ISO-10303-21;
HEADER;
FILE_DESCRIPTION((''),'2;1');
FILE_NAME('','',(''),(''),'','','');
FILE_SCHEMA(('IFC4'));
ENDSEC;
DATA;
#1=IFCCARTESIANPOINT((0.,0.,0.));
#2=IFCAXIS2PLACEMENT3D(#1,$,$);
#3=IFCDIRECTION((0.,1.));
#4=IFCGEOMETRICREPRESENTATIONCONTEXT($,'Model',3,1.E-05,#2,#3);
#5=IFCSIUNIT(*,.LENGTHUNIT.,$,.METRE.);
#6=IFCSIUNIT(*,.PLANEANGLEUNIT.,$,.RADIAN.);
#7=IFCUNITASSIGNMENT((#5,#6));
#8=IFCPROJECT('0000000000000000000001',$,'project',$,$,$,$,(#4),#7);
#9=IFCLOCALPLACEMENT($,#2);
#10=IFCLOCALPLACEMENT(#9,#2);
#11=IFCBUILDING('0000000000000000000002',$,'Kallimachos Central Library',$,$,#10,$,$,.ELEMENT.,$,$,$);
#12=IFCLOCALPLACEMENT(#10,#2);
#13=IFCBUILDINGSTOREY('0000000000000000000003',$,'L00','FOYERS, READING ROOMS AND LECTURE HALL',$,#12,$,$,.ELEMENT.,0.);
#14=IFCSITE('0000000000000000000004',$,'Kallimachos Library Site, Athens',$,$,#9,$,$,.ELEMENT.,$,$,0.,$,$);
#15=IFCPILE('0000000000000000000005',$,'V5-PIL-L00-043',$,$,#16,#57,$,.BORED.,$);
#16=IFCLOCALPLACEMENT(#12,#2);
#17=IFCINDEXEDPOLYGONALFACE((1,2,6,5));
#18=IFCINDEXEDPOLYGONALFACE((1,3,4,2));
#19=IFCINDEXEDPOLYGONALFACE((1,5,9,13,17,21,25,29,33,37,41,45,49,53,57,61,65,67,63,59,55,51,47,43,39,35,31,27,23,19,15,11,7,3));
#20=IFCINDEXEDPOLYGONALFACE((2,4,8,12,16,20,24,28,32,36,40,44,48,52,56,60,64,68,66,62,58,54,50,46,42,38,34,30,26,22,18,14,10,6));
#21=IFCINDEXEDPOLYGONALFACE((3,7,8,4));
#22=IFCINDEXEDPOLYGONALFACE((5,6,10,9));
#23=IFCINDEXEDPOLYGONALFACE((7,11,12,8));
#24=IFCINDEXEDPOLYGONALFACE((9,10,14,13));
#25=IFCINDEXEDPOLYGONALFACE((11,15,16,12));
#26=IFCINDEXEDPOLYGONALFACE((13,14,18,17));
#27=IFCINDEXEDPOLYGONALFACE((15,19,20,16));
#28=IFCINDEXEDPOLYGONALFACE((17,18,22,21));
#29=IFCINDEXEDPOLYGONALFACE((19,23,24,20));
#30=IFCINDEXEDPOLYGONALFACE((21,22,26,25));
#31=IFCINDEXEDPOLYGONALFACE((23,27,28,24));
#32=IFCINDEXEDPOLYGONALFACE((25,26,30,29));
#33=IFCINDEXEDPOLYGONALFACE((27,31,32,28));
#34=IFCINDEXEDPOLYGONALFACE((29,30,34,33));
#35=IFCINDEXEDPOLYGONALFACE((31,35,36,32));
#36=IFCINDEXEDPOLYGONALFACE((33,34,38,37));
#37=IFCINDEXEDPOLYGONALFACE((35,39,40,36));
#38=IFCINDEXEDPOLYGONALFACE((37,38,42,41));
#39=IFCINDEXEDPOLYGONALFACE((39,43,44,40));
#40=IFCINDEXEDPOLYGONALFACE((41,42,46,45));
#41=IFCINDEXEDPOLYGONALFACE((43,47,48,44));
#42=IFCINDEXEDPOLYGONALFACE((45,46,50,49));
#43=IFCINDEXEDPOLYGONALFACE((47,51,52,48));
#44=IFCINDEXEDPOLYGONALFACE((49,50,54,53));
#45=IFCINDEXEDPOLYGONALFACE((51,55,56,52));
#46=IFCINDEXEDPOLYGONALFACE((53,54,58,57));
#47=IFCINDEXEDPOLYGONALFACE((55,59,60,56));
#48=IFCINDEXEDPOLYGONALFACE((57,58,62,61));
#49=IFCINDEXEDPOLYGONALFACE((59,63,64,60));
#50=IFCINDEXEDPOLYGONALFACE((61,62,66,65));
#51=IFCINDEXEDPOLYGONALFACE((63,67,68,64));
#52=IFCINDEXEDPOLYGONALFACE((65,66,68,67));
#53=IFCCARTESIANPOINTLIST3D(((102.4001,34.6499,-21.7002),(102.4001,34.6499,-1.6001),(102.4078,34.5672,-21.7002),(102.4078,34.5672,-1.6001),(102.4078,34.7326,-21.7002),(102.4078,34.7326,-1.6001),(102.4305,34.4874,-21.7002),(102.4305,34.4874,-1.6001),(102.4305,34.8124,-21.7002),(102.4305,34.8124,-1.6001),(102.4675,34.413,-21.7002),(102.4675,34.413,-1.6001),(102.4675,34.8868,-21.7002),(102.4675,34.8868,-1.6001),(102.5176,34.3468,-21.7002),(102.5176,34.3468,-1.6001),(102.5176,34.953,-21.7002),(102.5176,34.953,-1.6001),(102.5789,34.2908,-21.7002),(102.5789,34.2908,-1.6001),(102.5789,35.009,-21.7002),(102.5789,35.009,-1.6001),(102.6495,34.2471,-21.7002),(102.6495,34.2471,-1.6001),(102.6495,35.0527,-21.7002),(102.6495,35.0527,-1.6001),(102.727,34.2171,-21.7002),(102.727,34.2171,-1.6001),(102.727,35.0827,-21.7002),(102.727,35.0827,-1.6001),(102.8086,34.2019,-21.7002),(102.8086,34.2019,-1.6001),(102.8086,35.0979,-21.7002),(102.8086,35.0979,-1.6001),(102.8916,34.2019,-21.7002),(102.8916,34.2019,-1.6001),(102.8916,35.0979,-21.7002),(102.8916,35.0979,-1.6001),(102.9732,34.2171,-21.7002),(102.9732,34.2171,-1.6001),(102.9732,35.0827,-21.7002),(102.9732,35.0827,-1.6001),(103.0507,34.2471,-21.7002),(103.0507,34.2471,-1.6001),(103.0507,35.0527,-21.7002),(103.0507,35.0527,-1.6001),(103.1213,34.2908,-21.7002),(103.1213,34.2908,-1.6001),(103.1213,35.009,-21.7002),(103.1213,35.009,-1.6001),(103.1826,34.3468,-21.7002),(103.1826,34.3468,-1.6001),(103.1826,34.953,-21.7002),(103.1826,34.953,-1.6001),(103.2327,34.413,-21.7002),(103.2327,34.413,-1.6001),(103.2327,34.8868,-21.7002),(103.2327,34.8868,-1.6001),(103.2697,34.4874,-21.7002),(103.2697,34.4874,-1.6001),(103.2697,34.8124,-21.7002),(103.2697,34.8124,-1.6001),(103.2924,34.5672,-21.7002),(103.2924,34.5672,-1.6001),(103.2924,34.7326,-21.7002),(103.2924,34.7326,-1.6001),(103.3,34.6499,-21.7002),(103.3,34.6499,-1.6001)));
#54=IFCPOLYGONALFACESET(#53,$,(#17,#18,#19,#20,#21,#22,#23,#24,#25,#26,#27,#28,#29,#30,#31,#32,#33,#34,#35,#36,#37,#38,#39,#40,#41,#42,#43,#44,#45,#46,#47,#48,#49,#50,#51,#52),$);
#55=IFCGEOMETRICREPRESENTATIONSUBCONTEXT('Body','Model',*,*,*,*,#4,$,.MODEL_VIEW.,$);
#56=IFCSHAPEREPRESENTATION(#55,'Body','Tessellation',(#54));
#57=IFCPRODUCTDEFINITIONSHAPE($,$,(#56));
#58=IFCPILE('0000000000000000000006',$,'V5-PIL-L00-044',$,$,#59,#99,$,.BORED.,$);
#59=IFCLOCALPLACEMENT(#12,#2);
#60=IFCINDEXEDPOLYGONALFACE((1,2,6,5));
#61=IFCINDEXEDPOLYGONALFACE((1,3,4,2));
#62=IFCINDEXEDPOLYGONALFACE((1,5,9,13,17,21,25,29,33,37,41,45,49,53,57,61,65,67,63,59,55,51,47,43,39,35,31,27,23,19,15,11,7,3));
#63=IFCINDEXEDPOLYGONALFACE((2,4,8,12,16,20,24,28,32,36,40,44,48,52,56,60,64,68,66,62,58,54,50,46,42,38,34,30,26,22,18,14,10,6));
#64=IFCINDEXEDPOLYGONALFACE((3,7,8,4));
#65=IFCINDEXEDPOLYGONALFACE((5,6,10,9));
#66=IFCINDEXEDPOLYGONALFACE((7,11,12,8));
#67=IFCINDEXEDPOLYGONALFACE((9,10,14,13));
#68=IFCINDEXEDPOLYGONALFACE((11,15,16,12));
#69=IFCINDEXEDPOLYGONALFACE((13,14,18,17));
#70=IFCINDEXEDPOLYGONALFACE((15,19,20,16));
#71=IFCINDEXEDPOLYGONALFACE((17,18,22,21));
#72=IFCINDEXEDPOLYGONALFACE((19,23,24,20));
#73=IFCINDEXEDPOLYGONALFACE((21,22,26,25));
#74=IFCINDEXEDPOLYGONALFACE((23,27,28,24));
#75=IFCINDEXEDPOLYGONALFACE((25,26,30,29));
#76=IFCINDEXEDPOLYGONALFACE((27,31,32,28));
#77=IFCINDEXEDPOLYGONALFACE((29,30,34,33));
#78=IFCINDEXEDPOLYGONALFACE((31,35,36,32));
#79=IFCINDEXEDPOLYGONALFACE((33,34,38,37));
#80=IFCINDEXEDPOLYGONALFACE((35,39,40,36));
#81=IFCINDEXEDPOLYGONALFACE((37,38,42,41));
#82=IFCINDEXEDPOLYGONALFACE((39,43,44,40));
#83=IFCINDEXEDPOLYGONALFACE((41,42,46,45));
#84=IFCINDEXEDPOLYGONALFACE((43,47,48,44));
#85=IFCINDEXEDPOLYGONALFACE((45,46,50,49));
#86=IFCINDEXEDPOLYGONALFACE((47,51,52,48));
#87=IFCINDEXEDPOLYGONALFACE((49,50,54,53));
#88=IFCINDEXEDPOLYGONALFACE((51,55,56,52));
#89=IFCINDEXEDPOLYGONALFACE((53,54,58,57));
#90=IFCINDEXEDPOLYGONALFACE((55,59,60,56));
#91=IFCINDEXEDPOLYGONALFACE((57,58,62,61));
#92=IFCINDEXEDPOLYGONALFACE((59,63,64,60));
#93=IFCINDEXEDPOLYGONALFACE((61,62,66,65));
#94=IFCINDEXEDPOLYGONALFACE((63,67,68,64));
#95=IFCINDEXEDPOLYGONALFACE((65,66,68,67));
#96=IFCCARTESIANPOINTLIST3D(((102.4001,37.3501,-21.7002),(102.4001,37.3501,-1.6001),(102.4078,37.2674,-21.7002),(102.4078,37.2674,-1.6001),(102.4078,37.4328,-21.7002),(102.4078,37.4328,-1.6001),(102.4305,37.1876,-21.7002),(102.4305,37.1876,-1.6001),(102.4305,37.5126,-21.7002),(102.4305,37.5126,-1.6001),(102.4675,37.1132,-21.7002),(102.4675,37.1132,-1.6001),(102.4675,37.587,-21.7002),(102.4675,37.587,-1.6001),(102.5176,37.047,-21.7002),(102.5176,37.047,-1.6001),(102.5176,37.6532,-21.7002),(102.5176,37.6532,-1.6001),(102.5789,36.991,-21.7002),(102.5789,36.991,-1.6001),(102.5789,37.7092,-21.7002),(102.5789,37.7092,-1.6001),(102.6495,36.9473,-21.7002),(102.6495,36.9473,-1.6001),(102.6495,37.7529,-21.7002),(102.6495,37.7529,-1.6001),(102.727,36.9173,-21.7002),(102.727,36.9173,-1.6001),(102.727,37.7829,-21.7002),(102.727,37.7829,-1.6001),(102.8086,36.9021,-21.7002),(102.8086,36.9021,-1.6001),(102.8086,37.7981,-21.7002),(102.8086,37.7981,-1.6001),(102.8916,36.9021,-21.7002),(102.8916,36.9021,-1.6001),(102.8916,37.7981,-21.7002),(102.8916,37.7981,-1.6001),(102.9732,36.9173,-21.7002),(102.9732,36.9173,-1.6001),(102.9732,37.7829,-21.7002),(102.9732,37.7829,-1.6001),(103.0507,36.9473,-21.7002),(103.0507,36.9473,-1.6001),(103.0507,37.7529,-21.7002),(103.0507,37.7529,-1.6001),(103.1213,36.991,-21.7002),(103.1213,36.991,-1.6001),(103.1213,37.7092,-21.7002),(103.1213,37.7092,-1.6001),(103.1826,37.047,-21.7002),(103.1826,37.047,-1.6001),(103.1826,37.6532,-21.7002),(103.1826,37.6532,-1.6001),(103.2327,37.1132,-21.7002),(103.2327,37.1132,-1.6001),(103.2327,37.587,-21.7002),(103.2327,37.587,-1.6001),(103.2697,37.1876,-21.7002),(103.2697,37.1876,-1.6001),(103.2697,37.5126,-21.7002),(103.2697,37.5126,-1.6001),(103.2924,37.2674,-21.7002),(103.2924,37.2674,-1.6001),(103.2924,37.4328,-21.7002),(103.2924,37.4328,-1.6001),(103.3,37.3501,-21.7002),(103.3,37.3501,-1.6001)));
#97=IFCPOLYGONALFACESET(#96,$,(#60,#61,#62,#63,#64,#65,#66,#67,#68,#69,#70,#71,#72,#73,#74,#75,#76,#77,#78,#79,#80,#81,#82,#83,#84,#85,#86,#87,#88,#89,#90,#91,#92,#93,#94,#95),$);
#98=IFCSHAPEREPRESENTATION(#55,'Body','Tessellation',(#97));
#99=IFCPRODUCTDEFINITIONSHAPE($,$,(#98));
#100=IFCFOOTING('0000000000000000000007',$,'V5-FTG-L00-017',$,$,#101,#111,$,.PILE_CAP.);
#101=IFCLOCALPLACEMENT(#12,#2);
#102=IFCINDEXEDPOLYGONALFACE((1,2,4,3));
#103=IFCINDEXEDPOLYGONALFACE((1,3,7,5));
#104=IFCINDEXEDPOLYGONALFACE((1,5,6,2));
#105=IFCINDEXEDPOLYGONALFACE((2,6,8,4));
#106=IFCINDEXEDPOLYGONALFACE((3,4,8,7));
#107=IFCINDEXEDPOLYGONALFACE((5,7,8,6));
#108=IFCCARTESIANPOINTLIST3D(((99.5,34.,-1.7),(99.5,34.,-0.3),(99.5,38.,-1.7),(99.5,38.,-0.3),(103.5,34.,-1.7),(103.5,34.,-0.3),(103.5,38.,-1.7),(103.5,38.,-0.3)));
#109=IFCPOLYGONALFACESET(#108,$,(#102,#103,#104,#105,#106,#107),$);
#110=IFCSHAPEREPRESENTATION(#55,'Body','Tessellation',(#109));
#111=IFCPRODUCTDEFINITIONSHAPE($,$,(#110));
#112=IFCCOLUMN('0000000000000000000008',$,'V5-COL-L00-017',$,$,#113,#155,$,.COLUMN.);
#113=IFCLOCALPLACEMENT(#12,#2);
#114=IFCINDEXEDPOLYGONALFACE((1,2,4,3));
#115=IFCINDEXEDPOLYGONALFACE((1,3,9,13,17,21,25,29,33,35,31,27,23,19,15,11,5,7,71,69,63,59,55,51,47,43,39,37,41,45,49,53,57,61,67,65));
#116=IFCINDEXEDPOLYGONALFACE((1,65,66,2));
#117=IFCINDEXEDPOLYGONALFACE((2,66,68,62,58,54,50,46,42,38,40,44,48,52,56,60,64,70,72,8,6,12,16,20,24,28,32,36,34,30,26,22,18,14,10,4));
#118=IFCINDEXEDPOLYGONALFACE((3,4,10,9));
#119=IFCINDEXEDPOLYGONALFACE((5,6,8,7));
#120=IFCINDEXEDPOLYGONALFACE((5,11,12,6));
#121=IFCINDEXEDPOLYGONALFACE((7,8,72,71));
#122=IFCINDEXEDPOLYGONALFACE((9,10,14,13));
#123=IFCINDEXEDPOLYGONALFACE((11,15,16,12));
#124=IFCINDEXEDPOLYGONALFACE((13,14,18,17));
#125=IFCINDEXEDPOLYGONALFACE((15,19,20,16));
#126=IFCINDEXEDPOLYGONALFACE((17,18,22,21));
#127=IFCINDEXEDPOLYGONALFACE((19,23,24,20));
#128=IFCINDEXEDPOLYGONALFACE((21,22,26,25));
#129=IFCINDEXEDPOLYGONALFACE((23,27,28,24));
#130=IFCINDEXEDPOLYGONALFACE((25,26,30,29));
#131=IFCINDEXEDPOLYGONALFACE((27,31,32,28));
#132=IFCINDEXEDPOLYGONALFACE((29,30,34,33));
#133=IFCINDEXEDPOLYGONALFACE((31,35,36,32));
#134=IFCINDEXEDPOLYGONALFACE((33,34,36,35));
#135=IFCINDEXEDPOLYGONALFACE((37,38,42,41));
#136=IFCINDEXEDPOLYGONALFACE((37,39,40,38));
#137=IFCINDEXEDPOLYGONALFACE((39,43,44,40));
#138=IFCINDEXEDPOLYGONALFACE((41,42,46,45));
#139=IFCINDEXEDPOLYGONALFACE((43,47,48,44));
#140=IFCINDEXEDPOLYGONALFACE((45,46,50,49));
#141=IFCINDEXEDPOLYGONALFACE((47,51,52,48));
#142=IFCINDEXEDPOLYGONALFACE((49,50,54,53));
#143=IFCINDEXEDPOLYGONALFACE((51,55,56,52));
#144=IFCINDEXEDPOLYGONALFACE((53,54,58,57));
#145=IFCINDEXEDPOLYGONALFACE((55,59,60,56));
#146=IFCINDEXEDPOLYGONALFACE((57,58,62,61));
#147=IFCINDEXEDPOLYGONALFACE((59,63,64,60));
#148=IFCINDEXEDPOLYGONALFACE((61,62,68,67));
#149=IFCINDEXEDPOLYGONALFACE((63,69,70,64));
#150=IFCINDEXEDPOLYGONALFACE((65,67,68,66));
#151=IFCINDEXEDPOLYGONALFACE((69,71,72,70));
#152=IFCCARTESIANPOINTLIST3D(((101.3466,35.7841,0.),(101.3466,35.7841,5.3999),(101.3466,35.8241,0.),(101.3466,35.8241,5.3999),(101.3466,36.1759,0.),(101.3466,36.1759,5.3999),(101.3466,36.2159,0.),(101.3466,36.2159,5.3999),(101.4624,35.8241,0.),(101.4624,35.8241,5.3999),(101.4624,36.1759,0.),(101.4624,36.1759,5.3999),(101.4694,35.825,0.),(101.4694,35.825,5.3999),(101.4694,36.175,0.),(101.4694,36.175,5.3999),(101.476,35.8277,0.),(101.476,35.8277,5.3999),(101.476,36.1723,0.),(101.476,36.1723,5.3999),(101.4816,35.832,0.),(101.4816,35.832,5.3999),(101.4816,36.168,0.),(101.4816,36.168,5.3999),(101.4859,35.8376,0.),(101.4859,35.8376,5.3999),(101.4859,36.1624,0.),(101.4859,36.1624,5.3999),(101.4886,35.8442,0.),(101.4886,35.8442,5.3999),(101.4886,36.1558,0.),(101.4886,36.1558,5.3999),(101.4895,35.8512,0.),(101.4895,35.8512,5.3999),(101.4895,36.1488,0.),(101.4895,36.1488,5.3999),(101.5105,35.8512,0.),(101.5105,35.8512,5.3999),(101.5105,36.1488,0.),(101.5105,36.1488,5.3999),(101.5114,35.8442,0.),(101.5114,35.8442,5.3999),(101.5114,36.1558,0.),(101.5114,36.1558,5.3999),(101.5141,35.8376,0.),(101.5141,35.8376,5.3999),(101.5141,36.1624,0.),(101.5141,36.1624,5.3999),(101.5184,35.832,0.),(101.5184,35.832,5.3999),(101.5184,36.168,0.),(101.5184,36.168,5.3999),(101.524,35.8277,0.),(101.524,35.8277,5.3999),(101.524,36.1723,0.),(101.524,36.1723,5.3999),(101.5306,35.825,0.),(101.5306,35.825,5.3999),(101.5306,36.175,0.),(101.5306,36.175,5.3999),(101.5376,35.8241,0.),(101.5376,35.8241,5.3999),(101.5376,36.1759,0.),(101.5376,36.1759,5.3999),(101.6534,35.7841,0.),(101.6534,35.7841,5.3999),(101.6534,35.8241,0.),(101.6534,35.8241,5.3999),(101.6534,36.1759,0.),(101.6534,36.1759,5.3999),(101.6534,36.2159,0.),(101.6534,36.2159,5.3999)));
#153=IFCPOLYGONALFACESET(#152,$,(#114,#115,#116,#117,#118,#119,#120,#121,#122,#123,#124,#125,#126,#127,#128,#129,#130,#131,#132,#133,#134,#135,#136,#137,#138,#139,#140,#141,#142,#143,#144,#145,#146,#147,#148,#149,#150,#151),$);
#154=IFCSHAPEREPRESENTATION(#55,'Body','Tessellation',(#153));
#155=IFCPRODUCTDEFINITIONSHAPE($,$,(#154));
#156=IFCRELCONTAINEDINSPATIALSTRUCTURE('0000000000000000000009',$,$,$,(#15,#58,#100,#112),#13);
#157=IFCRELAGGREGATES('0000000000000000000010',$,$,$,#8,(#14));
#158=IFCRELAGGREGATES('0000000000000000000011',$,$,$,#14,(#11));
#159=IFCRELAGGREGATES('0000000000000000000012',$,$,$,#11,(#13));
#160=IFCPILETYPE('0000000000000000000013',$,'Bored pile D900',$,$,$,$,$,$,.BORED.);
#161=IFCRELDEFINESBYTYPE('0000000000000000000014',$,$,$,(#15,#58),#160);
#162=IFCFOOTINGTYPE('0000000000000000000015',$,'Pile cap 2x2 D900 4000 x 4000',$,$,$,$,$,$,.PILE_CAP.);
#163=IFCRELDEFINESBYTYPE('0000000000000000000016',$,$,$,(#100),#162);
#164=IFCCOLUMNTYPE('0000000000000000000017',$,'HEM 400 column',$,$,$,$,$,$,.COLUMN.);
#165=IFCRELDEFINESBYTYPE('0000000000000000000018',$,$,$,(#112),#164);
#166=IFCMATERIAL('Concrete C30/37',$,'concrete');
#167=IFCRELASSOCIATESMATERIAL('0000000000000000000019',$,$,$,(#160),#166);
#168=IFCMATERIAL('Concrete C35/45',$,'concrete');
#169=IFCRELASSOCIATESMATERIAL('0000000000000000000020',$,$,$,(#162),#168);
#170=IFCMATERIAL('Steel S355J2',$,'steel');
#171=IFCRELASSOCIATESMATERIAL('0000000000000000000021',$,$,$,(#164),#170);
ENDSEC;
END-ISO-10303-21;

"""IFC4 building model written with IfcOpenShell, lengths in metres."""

from ifc_helpers import new_model, si_unit, direction, frame, origin, origin_2d, place, context, subcontext, project, spatial, rectangle, circle, i_section, extrude, material, material_profile, profile_set, type_object, element, save


model = new_model("IFC4")

# Units and contexts
model_context = context("Model", 3, precision=1e-05, world=origin(), true_north=direction((0.0, 1.0)))
body_context = subcontext(model_context, "Body", "Model", "MODEL_VIEW")
ifc_project = project(units=[si_unit("LENGTHUNIT", "METRE"), si_unit("PLANEANGLEUNIT", "RADIAN")], contexts=[model_context])

# Site, building, storey
site_placement = place(None, origin())
site = spatial("IfcSite", under=ifc_project, at=site_placement, Name="Kallimachos Library Site, Athens", CompositionType="ELEMENT", RefElevation=0.0)
building_placement = place(site_placement, origin())
building = spatial("IfcBuilding", under=site, at=building_placement, Name="Kallimachos Central Library", CompositionType="ELEMENT")
storey_placement = place(building_placement, origin())
storey = spatial("IfcBuildingStorey", under=building, at=storey_placement, Name="L00", Description="FOYERS, READING ROOMS AND LECTURE HALL", CompositionType="ELEMENT", Elevation=0.0)

# Piles
ifc_material_1 = material(Name="Concrete C30/37", Category="concrete")
pile_type = type_object("IfcPileType", Name="Bored pile D900", PredefinedType="BORED", material=ifc_material_1)
for number, where, z_axis, x_axis, name in (
    (1, (102.8501, 34.6499, -1.6001), (0.0, 0.0, -1.0), (1.0, 0.0, 0.0), "V5-PIL-L00-043"),
    (2, (102.8501, 37.3501, -1.6001), (0.0, 0.0, -1.0), (1.0, 0.0, 0.0), "V5-PIL-L00-044"),
):
    element("IfcPile", number, at=place(storey_placement, frame(where, z_axis=z_axis, x_axis=x_axis)), inside=storey, type_object=pile_type, Name=name, PredefinedType="BORED", context=body_context, shape_type="SweptSolid", body=[
        extrude(circle(Radius=0.45, at=origin_2d()), origin(), (0.0, 0.0, 1.0), 20.1001),
    ])

# Footing
ifc_material_2 = material(Name="Concrete C35/45", Category="concrete")
footing_type = type_object("IfcFootingType", Name="Pile cap 2x2 D900 4000 x 4000", PredefinedType="PILE_CAP", material=ifc_material_2)
footing_placement = place(storey_placement, frame((101.5, 36.0, -1.7), z_axis=(0.0, 0.0, 1.0), x_axis=(1.0, 0.0, 0.0)))
element("IfcFooting", 3, at=footing_placement, inside=storey, type_object=footing_type, Name="V5-FTG-L00-017", PredefinedType="PILE_CAP", context=body_context, shape_type="SweptSolid", body=[
    extrude(rectangle(XDim=4.0, YDim=4.0, at=origin_2d()), origin(), (0.0, 0.0, 1.0), 1.3999),
])

# Column
ifc_material_3 = material(Name="Steel S355J2", Category="steel")
ifc_material_profile_1 = material_profile(ifc_material_3, i_section(OverallWidth=0.3069, OverallDepth=0.4319, WebThickness=0.021, FlangeThickness=0.04, FilletRadius=0.0271, at=origin_2d()), Name="HEM 400")
ifc_profile_set_1 = profile_set([ifc_material_profile_1], Name="Steel S355J2")
column_type = type_object("IfcColumnType", Name="HEM 400 column", PredefinedType="COLUMN", material=ifc_profile_set_1)
column_placement = place(storey_placement, frame((101.5, 36.0, 0.0), z_axis=(0.0, 0.0, 1.0), x_axis=(1.0, 0.0, 0.0)))
element("IfcColumn", 4, at=column_placement, inside=storey, type_object=column_type, Name="V5-COL-L00-017", PredefinedType="COLUMN", context=body_context, shape_type="SweptSolid", body=[
    extrude(i_section(OverallWidth=0.3069, OverallDepth=0.4319, WebThickness=0.021, FlangeThickness=0.04, FilletRadius=0.0271, at=origin_2d()), origin(), (0.0, 0.0, 1.0), 5.3999),
])

save(model, "model.ifc")
